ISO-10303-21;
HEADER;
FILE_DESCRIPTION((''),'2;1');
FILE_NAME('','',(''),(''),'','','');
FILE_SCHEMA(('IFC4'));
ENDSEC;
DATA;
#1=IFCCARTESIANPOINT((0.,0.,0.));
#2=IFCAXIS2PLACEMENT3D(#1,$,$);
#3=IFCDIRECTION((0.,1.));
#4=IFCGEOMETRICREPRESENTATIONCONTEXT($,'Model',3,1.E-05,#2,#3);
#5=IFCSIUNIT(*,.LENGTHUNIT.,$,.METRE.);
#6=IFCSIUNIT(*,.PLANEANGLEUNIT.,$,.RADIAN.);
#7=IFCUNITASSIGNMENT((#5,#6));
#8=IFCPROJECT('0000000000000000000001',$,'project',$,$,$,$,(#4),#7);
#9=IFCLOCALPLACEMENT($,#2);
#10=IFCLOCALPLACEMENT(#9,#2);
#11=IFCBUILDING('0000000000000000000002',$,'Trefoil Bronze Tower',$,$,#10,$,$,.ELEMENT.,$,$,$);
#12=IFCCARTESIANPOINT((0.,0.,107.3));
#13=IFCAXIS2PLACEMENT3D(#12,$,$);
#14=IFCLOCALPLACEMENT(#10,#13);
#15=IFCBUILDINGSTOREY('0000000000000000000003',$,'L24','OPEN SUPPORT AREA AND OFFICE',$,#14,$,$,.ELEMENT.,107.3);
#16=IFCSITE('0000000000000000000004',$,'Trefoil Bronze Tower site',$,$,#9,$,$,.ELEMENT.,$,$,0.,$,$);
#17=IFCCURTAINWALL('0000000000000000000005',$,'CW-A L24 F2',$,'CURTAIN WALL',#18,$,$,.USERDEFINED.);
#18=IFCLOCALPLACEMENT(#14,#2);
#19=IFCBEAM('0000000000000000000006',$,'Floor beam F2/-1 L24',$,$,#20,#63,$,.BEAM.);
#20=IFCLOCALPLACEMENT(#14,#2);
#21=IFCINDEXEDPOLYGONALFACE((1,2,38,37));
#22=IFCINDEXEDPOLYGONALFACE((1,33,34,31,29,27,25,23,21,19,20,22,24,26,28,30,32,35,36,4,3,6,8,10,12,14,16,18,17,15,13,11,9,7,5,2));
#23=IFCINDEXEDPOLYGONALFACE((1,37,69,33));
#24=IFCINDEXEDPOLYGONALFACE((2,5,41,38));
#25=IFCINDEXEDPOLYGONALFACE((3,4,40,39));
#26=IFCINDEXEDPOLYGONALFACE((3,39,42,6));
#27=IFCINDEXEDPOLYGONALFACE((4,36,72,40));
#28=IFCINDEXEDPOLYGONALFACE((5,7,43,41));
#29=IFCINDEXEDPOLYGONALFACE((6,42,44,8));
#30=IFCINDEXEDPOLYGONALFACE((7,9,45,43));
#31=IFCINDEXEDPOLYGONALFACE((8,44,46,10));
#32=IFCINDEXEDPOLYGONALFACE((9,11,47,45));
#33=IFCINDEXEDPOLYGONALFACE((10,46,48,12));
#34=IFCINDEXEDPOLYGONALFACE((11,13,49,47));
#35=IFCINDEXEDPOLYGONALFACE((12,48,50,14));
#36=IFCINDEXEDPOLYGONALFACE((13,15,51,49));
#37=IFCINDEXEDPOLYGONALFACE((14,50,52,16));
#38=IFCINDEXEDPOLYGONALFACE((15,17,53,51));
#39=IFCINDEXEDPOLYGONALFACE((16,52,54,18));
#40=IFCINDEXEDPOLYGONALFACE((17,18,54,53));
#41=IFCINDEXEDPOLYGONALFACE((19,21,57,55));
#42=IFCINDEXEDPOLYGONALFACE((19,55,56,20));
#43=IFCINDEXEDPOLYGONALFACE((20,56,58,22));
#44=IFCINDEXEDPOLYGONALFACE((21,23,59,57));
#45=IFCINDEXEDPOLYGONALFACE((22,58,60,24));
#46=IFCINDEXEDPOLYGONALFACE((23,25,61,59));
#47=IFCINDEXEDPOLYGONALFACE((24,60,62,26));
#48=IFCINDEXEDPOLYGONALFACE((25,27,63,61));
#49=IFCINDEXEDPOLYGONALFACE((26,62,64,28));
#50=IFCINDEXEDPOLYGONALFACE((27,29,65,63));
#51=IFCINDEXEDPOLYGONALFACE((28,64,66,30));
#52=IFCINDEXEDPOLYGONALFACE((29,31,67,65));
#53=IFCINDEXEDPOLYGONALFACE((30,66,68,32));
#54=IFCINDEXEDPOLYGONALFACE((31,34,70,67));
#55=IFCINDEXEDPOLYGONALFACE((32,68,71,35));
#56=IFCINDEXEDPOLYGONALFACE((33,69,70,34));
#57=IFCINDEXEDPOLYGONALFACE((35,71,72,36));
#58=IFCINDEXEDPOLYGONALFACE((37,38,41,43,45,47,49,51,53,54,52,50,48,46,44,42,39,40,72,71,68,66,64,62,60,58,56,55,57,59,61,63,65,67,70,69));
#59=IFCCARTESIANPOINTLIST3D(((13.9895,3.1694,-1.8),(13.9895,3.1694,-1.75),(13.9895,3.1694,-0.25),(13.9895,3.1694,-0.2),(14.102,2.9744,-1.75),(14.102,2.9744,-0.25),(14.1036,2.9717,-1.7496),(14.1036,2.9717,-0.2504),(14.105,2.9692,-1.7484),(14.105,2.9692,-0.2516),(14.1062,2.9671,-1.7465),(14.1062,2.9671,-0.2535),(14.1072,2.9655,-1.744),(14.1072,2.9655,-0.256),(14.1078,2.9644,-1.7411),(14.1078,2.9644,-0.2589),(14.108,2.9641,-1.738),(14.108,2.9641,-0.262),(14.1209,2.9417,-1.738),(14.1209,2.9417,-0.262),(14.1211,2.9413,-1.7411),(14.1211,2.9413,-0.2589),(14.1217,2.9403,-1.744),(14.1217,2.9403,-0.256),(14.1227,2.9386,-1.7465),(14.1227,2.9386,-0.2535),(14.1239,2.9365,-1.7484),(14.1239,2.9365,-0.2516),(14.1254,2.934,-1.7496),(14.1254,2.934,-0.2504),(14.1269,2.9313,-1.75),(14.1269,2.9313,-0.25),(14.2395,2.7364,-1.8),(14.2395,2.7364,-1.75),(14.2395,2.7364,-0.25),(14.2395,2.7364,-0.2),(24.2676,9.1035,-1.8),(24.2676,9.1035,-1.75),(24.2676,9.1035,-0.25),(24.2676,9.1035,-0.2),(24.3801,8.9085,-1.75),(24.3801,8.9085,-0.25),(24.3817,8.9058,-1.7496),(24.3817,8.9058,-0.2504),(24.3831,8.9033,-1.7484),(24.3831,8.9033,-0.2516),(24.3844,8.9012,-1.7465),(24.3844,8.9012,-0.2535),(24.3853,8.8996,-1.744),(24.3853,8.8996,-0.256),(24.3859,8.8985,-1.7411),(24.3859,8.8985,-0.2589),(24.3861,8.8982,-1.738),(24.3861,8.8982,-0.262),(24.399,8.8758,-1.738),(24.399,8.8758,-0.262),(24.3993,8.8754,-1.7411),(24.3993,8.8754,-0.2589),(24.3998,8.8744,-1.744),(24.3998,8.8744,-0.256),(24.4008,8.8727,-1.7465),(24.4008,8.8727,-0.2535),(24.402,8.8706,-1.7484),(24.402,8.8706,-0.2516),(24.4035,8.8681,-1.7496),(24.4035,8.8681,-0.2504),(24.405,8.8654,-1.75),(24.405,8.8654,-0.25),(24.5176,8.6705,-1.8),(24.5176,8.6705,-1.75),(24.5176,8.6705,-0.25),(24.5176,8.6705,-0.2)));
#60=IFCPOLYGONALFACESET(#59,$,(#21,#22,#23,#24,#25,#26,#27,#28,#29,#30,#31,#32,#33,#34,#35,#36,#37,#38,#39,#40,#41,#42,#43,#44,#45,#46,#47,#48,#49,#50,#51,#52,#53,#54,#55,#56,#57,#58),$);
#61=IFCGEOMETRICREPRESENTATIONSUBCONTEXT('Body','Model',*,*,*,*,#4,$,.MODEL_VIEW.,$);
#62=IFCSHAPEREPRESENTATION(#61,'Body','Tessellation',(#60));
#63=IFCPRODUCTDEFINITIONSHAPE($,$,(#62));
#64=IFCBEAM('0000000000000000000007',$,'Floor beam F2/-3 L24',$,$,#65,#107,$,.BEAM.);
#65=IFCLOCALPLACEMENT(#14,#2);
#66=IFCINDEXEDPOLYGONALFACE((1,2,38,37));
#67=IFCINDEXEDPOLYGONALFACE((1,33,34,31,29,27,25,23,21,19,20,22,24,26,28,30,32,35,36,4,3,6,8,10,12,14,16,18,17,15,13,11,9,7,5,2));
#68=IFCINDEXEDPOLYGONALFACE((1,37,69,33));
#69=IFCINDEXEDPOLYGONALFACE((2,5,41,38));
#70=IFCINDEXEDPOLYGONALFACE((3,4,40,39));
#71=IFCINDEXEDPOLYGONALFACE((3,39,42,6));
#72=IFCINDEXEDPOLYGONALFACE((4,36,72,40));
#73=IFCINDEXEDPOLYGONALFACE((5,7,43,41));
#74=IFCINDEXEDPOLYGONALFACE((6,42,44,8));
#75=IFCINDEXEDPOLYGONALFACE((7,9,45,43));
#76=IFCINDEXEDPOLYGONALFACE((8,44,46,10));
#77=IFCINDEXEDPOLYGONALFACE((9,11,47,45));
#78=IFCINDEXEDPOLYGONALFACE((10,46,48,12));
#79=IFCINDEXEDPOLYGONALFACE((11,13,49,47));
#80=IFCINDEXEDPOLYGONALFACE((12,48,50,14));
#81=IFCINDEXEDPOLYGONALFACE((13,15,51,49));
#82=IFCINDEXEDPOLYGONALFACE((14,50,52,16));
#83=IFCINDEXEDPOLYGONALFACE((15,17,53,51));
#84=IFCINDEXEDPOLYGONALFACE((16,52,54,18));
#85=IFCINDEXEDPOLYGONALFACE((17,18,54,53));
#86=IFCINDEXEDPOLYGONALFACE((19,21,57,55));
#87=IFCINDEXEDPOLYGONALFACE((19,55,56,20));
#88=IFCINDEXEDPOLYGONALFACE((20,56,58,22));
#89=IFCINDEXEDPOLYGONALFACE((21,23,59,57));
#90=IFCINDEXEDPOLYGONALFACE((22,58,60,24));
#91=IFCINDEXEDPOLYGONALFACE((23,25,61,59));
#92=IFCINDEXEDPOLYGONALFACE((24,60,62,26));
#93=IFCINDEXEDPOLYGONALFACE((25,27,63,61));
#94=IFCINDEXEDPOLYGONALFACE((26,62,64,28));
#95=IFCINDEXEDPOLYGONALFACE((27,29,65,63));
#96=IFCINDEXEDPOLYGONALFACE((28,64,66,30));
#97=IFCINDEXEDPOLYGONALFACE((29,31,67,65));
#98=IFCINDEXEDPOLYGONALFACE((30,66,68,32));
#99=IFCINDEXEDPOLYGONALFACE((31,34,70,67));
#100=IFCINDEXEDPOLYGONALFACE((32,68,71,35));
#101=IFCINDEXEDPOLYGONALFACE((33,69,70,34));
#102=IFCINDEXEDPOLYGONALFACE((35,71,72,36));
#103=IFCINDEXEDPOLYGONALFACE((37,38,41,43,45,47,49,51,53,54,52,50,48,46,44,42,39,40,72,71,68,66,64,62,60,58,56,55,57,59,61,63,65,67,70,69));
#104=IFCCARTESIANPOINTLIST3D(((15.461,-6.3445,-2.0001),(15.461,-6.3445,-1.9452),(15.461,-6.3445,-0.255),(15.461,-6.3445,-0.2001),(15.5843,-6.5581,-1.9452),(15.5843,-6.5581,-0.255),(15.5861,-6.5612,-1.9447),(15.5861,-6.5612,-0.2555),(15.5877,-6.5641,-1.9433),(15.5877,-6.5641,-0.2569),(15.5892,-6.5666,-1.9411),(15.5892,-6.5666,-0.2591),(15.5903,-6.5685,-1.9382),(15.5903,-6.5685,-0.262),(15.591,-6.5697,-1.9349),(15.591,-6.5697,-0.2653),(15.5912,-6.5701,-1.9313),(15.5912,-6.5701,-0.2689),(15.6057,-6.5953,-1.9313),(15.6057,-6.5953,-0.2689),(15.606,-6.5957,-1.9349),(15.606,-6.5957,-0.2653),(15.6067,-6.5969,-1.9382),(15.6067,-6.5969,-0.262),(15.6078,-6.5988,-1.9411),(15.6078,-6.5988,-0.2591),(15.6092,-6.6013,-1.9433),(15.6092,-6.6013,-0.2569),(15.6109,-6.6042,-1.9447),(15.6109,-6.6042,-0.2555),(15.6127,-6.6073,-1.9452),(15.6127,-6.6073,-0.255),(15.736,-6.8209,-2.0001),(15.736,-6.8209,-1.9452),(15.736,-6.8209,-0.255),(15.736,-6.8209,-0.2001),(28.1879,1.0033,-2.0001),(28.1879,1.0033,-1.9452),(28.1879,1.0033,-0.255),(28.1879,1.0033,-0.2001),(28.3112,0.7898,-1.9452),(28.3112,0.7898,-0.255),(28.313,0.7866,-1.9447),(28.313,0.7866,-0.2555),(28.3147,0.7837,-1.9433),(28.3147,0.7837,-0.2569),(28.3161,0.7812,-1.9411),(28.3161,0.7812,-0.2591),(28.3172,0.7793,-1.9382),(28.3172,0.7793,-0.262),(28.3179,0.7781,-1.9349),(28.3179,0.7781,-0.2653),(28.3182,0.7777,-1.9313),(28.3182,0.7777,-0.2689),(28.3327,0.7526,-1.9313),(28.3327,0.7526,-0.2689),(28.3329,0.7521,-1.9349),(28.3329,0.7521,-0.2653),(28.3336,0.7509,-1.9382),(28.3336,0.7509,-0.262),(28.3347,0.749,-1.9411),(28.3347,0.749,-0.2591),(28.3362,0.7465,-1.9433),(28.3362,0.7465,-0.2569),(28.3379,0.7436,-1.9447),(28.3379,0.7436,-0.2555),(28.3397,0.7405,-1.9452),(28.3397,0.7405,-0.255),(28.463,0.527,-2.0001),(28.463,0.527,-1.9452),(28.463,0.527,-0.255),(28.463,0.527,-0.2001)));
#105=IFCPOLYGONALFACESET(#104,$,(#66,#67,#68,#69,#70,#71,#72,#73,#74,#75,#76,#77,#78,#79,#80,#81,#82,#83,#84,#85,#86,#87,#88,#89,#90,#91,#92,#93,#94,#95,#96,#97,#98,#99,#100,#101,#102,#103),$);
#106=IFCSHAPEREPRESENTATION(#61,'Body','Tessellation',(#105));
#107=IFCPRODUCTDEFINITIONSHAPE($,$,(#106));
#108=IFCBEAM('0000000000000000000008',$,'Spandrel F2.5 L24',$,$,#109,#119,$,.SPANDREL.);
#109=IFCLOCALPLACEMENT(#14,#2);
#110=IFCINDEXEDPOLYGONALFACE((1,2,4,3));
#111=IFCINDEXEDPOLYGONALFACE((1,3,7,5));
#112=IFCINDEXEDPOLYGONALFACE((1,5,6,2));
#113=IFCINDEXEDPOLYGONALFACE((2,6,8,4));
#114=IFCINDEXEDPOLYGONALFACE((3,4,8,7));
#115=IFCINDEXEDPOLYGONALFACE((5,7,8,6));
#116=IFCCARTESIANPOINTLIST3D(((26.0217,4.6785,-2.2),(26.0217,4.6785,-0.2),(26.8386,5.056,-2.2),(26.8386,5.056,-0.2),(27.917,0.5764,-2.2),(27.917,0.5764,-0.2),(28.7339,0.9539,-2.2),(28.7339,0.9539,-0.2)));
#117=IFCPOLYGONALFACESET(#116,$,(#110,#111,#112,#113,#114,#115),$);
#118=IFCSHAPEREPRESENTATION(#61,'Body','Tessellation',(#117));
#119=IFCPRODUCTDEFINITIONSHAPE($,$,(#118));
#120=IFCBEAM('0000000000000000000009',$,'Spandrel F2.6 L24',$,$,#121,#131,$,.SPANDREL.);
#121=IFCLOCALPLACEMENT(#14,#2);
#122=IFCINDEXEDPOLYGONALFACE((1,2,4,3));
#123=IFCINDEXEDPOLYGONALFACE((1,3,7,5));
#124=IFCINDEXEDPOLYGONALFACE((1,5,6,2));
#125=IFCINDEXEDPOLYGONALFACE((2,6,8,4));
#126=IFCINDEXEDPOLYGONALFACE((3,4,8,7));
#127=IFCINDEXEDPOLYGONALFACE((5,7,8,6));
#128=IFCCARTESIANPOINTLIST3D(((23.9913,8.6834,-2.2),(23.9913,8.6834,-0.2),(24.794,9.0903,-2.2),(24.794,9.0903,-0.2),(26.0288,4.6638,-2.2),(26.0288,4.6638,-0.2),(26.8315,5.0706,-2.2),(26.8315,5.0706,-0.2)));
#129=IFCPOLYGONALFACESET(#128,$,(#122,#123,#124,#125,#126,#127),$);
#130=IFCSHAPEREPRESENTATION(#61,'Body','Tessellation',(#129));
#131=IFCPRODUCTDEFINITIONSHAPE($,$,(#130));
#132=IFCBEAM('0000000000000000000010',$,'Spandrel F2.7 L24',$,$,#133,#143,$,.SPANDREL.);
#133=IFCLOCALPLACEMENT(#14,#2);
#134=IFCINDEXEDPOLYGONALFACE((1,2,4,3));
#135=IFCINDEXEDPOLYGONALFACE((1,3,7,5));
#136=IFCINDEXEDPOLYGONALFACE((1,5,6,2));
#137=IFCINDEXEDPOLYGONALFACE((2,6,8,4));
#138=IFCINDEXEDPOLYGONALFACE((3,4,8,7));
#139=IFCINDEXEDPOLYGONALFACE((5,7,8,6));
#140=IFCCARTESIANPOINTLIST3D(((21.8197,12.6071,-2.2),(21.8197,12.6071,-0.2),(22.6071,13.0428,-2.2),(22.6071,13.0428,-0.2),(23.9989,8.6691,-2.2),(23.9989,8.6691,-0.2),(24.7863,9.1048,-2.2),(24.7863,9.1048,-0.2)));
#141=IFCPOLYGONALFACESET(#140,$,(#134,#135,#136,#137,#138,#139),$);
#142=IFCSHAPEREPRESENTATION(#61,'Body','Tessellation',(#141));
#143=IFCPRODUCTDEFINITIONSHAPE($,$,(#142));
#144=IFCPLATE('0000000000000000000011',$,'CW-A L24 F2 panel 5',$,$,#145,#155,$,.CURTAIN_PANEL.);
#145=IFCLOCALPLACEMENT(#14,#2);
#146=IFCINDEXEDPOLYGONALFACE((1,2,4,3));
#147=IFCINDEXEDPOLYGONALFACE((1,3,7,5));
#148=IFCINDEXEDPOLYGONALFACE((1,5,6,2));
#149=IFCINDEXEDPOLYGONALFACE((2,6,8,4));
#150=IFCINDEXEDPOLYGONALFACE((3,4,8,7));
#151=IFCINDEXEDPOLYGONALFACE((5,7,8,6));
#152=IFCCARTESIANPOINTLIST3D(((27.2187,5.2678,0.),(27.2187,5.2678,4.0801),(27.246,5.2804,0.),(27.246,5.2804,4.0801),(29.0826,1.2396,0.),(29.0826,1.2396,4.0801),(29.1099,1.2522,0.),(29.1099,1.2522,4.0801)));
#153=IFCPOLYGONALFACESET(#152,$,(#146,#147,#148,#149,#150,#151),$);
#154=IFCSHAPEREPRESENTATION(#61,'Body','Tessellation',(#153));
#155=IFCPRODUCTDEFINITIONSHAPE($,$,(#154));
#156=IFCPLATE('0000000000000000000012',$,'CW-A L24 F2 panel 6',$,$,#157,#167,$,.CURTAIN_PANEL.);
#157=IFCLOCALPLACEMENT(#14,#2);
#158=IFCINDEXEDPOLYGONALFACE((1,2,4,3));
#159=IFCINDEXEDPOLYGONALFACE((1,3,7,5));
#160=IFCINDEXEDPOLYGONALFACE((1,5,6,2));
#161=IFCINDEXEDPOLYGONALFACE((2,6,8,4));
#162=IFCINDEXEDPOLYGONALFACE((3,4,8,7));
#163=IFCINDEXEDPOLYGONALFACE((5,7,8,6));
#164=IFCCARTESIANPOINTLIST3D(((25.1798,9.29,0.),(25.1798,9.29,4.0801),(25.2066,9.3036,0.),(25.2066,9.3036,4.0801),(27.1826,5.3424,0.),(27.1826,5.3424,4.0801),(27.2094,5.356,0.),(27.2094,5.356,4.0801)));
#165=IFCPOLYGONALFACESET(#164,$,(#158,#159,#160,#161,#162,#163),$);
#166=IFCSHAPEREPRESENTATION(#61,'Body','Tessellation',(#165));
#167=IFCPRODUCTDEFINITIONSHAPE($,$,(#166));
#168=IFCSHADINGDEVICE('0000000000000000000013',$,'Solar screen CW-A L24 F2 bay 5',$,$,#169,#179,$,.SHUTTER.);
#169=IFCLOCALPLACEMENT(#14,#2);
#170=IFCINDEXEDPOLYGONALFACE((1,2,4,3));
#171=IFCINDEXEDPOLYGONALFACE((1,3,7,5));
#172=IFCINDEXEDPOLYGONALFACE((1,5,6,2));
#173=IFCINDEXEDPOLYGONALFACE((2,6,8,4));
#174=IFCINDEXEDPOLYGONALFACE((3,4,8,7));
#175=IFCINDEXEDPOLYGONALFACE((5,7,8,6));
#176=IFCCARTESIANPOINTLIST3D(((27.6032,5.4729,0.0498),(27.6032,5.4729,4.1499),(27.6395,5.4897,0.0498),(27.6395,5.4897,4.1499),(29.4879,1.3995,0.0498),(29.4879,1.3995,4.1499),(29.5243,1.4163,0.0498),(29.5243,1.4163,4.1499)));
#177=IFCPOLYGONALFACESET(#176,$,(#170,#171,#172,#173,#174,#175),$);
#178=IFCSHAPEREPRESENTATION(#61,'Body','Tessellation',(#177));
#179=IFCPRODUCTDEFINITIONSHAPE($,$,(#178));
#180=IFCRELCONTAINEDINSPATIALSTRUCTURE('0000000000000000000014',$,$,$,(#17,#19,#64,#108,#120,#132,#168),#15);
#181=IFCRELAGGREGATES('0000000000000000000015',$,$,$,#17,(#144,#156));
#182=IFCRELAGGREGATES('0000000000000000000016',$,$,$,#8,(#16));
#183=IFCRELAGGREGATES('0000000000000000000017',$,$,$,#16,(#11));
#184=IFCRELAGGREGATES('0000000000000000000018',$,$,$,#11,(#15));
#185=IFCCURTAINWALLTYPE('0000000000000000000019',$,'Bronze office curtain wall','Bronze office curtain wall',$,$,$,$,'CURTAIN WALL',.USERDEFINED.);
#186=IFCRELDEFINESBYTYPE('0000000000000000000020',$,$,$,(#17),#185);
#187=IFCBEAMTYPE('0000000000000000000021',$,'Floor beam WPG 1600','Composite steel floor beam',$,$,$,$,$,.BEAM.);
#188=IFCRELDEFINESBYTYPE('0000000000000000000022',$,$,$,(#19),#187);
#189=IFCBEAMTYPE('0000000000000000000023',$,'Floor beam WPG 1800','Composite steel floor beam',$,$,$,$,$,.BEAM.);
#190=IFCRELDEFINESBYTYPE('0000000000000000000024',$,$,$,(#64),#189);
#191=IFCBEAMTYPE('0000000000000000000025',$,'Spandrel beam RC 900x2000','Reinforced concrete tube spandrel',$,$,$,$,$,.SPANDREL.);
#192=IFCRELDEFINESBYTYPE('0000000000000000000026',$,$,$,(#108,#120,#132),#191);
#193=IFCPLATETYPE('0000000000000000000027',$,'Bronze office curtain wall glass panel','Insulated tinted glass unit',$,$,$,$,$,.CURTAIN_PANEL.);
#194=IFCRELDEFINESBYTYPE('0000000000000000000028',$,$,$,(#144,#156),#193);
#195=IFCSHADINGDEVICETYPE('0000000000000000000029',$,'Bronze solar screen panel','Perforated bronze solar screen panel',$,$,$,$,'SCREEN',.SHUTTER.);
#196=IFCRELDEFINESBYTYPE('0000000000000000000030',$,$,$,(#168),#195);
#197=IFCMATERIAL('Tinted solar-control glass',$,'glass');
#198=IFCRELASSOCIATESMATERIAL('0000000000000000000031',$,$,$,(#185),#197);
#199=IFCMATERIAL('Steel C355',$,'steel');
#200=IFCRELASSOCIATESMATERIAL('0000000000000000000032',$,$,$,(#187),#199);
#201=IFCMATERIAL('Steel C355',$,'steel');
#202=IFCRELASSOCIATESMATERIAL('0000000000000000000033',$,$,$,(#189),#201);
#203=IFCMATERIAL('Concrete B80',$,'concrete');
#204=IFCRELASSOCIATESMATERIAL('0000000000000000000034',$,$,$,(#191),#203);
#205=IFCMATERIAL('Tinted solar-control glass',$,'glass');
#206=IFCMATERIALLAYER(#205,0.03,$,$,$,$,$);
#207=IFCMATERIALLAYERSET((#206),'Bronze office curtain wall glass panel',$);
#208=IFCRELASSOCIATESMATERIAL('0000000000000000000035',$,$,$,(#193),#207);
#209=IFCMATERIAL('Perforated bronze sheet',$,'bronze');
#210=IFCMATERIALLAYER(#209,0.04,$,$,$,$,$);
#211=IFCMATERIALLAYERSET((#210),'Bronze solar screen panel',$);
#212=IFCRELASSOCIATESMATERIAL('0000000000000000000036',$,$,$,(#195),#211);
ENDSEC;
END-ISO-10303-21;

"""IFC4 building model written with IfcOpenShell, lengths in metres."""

from ifc_helpers import new_model, si_unit, direction, frame, origin, origin_2d, place, context, subcontext, project, spatial, rectangle, i_section, extrude, material, layer, layer_set, material_profile, profile_set, type_object, element, aggregate, save


model = new_model("IFC4")

# Units and contexts
model_context = context("Model", 3, precision=1e-05, world=origin(), true_north=direction((0.0, 1.0)))
body_context = subcontext(model_context, "Body", "Model", "MODEL_VIEW")
ifc_project = project(units=[si_unit("LENGTHUNIT", "METRE"), si_unit("PLANEANGLEUNIT", "RADIAN")], contexts=[model_context])

# Site, building, storey
site_placement = place(None, origin())
site = spatial("IfcSite", under=ifc_project, at=site_placement, Name="Trefoil Bronze Tower site", CompositionType="ELEMENT", RefElevation=0.0)
building_placement = place(site_placement, origin())
building = spatial("IfcBuilding", under=site, at=building_placement, Name="Trefoil Bronze Tower", CompositionType="ELEMENT")
storey_placement = place(building_placement, frame((0.0, 0.0, 107.3)))
storey = spatial("IfcBuildingStorey", under=building, at=storey_placement, Name="L24", Description="OPEN SUPPORT AREA AND OFFICE", CompositionType="ELEMENT", Elevation=107.3)

# Curtain wall
ifc_material_1 = material(Name="Tinted solar-control glass", Category="glass")
curtain_wall_type = type_object("IfcCurtainWallType", Name="Bronze office curtain wall", Description="Bronze office curtain wall", ElementType="CURTAIN WALL", PredefinedType="USERDEFINED", material=ifc_material_1)
curtain_wall_placement = place(storey_placement, origin())
curtain_wall = element("IfcCurtainWall", 1, at=curtain_wall_placement, inside=storey, type_object=curtain_wall_type, Name="CW-A L24 F2", ObjectType="CURTAIN WALL", PredefinedType="USERDEFINED")

# Beams
ifc_material_2 = material(Name="Steel C355", Category="steel")
ifc_material_profile_1 = material_profile(ifc_material_2, i_section(OverallWidth=0.5, OverallDepth=1.6001, WebThickness=0.0259, FlangeThickness=0.05, FilletRadius=0.012, at=origin_2d()), Name="WPG 1600")
ifc_profile_set_1 = profile_set([ifc_material_profile_1], Name="Steel C355")
beam_type_1 = type_object("IfcBeamType", Name="Floor beam WPG 1600", Description="Composite steel floor beam", PredefinedType="BEAM", material=ifc_profile_set_1)
beam_1_placement = place(storey_placement, frame((24.3926, 8.887, -1.0), z_axis=(-0.866024, -0.500002, 0.0), x_axis=(0.500002, -0.866024, 0.0)))
element("IfcBeam", 2, at=beam_1_placement, inside=storey, type_object=beam_type_1, Name="Floor beam F2/-1 L24", PredefinedType="BEAM", context=body_context, shape_type="SweptSolid", body=[
    extrude(i_section(OverallWidth=0.5, OverallDepth=1.6001, WebThickness=0.0259, FlangeThickness=0.05, FilletRadius=0.012, at=origin_2d()), origin(), (0.0, 0.0, 1.0), 11.8682),
])
ifc_material_3 = material(Name="Steel C355", Category="steel")
ifc_material_profile_2 = material_profile(ifc_material_3, i_section(OverallWidth=0.55, OverallDepth=1.8, WebThickness=0.0291, FlangeThickness=0.0549, FilletRadius=0.0139, at=origin_2d()), Name="WPG 1800")
ifc_profile_set_2 = profile_set([ifc_material_profile_2], Name="Steel C355")
beam_type_2 = type_object("IfcBeamType", Name="Floor beam WPG 1800", Description="Composite steel floor beam", PredefinedType="BEAM", material=ifc_profile_set_2)
beam_2_placement = place(storey_placement, frame((28.3254, 0.7651, -1.1001), z_axis=(-0.866027, -0.499997, 0.0), x_axis=(0.499997, -0.866027, 0.0)))
element("IfcBeam", 3, at=beam_2_placement, inside=storey, type_object=beam_type_2, Name="Floor beam F2/-3 L24", PredefinedType="BEAM", context=body_context, shape_type="SweptSolid", body=[
    extrude(i_section(OverallWidth=0.55, OverallDepth=1.8, WebThickness=0.0291, FlangeThickness=0.0549, FilletRadius=0.0139, at=origin_2d()), origin(), (0.0, 0.0, 1.0), 14.6958),
])
ifc_material_4 = material(Name="Concrete B80", Category="concrete")
ifc_material_profile_3 = material_profile(ifc_material_4, rectangle(XDim=0.8999, YDim=2.0, at=origin_2d()), Name="RC 900x2000")
ifc_profile_set_3 = profile_set([ifc_material_profile_3], Name="Concrete B80")
beam_type_3 = type_object("IfcBeamType", Name="Spandrel beam RC 900x2000", Description="Reinforced concrete tube spandrel", PredefinedType="SPANDREL", material=ifc_profile_set_3)
beam_3_placement = place(storey_placement, frame((28.3254, 0.7651, -1.2), z_axis=(-0.419425, 0.90779, 0.0), x_axis=(-0.90779, -0.419425, 0.0)))
element("IfcBeam", 4, at=beam_3_placement, inside=storey, type_object=beam_type_3, Name="Spandrel F2.5 L24", PredefinedType="SPANDREL", context=body_context, shape_type="SweptSolid", body=[
    extrude(rectangle(XDim=0.8999, YDim=2.0, at=origin_2d()), origin(), (0.0, 0.0, 1.0), 4.5188),
])
beam_4_placement = place(storey_placement, frame((26.4302, 4.8672, -1.2), z_axis=(-0.452126, 0.891954, 0.0), x_axis=(-0.891954, -0.452126, 0.0)))
element("IfcBeam", 5, at=beam_4_placement, inside=storey, type_object=beam_type_3, Name="Spandrel F2.6 L24", PredefinedType="SPANDREL", context=body_context, shape_type="SweptSolid", body=[
    extrude(rectangle(XDim=0.8999, YDim=2.0, at=origin_2d()), origin(), (0.0, 0.0, 1.0), 4.5066),
])
beam_5_placement = place(storey_placement, frame((24.3926, 8.887, -1.2), z_axis=(-0.484187, 0.874965, 0.0), x_axis=(-0.874965, -0.484187, 0.0)))
element("IfcBeam", 6, at=beam_5_placement, inside=storey, type_object=beam_type_3, Name="Spandrel F2.7 L24", PredefinedType="SPANDREL", context=body_context, shape_type="SweptSolid", body=[
    extrude(rectangle(XDim=0.8999, YDim=2.0, at=origin_2d()), origin(), (0.0, 0.0, 1.0), 4.5007),
])

# Plates
ifc_material_5 = material(Name="Tinted solar-control glass", Category="glass")
ifc_layer_1 = layer(ifc_material_5, 0.03)
ifc_layer_set_1 = layer_set([ifc_layer_1], Name="Bronze office curtain wall glass panel")
plate_type = type_object("IfcPlateType", Name="Bronze office curtain wall glass panel", Description="Insulated tinted glass unit", PredefinedType="CURTAIN_PANEL", material=ifc_layer_set_1)
plate_1_placement = place(storey_placement, frame((28.1643, 3.26, 0.0), z_axis=(0.0, 0.0, 1.0), x_axis=(-0.419933, 0.907555, 0.0)))
plate_1 = element("IfcPlate", 7, at=plate_1_placement, type_object=plate_type, Name="CW-A L24 F2 panel 5", PredefinedType="CURTAIN_PANEL", context=body_context, shape_type="SweptSolid", body=[
    extrude(rectangle(XDim=4.4385, YDim=0.03, at=origin_2d()), origin(), (0.0, 0.0, 1.0), 4.0801),
])
plate_2_placement = place(storey_placement, frame((26.1946, 7.323, 0.0), z_axis=(0.0, 0.0, 1.0), x_axis=(-0.452449, 0.89179, 0.0)))
plate_2 = element("IfcPlate", 8, at=plate_2_placement, type_object=plate_type, Name="CW-A L24 F2 panel 6", PredefinedType="CURTAIN_PANEL", context=body_context, shape_type="SweptSolid", body=[
    extrude(rectangle(XDim=4.4265, YDim=0.03, at=origin_2d()), origin(), (0.0, 0.0, 1.0), 4.0801),
])
aggregate(curtain_wall, [plate_1, plate_2])

# Shading device
ifc_material_6 = material(Name="Perforated bronze sheet", Category="bronze")
ifc_layer_2 = layer(ifc_material_6, 0.04)
ifc_layer_set_2 = layer_set([ifc_layer_2], Name="Bronze solar screen panel")
shading_device_type = type_object("IfcShadingDeviceType", Name="Bronze solar screen panel", Description="Perforated bronze solar screen panel", ElementType="SCREEN", PredefinedType="SHUTTER", material=ifc_layer_set_2)
shading_device_1_placement = place(storey_placement, frame((28.5637, 3.4446, 0.0498), z_axis=(0.0, 0.0, 1.0), x_axis=(-0.419933, 0.907555, 0.0)))
element("IfcShadingDevice", 9, at=shading_device_1_placement, inside=storey, type_object=shading_device_type, Name="Solar screen CW-A L24 F2 bay 5", PredefinedType="SHUTTER", context=body_context, shape_type="SweptSolid", body=[
    extrude(rectangle(XDim=4.4883, YDim=0.04, at=origin_2d()), origin(), (0.0, 0.0, 1.0), 4.1001),
])

save(model, "model.ifc")
